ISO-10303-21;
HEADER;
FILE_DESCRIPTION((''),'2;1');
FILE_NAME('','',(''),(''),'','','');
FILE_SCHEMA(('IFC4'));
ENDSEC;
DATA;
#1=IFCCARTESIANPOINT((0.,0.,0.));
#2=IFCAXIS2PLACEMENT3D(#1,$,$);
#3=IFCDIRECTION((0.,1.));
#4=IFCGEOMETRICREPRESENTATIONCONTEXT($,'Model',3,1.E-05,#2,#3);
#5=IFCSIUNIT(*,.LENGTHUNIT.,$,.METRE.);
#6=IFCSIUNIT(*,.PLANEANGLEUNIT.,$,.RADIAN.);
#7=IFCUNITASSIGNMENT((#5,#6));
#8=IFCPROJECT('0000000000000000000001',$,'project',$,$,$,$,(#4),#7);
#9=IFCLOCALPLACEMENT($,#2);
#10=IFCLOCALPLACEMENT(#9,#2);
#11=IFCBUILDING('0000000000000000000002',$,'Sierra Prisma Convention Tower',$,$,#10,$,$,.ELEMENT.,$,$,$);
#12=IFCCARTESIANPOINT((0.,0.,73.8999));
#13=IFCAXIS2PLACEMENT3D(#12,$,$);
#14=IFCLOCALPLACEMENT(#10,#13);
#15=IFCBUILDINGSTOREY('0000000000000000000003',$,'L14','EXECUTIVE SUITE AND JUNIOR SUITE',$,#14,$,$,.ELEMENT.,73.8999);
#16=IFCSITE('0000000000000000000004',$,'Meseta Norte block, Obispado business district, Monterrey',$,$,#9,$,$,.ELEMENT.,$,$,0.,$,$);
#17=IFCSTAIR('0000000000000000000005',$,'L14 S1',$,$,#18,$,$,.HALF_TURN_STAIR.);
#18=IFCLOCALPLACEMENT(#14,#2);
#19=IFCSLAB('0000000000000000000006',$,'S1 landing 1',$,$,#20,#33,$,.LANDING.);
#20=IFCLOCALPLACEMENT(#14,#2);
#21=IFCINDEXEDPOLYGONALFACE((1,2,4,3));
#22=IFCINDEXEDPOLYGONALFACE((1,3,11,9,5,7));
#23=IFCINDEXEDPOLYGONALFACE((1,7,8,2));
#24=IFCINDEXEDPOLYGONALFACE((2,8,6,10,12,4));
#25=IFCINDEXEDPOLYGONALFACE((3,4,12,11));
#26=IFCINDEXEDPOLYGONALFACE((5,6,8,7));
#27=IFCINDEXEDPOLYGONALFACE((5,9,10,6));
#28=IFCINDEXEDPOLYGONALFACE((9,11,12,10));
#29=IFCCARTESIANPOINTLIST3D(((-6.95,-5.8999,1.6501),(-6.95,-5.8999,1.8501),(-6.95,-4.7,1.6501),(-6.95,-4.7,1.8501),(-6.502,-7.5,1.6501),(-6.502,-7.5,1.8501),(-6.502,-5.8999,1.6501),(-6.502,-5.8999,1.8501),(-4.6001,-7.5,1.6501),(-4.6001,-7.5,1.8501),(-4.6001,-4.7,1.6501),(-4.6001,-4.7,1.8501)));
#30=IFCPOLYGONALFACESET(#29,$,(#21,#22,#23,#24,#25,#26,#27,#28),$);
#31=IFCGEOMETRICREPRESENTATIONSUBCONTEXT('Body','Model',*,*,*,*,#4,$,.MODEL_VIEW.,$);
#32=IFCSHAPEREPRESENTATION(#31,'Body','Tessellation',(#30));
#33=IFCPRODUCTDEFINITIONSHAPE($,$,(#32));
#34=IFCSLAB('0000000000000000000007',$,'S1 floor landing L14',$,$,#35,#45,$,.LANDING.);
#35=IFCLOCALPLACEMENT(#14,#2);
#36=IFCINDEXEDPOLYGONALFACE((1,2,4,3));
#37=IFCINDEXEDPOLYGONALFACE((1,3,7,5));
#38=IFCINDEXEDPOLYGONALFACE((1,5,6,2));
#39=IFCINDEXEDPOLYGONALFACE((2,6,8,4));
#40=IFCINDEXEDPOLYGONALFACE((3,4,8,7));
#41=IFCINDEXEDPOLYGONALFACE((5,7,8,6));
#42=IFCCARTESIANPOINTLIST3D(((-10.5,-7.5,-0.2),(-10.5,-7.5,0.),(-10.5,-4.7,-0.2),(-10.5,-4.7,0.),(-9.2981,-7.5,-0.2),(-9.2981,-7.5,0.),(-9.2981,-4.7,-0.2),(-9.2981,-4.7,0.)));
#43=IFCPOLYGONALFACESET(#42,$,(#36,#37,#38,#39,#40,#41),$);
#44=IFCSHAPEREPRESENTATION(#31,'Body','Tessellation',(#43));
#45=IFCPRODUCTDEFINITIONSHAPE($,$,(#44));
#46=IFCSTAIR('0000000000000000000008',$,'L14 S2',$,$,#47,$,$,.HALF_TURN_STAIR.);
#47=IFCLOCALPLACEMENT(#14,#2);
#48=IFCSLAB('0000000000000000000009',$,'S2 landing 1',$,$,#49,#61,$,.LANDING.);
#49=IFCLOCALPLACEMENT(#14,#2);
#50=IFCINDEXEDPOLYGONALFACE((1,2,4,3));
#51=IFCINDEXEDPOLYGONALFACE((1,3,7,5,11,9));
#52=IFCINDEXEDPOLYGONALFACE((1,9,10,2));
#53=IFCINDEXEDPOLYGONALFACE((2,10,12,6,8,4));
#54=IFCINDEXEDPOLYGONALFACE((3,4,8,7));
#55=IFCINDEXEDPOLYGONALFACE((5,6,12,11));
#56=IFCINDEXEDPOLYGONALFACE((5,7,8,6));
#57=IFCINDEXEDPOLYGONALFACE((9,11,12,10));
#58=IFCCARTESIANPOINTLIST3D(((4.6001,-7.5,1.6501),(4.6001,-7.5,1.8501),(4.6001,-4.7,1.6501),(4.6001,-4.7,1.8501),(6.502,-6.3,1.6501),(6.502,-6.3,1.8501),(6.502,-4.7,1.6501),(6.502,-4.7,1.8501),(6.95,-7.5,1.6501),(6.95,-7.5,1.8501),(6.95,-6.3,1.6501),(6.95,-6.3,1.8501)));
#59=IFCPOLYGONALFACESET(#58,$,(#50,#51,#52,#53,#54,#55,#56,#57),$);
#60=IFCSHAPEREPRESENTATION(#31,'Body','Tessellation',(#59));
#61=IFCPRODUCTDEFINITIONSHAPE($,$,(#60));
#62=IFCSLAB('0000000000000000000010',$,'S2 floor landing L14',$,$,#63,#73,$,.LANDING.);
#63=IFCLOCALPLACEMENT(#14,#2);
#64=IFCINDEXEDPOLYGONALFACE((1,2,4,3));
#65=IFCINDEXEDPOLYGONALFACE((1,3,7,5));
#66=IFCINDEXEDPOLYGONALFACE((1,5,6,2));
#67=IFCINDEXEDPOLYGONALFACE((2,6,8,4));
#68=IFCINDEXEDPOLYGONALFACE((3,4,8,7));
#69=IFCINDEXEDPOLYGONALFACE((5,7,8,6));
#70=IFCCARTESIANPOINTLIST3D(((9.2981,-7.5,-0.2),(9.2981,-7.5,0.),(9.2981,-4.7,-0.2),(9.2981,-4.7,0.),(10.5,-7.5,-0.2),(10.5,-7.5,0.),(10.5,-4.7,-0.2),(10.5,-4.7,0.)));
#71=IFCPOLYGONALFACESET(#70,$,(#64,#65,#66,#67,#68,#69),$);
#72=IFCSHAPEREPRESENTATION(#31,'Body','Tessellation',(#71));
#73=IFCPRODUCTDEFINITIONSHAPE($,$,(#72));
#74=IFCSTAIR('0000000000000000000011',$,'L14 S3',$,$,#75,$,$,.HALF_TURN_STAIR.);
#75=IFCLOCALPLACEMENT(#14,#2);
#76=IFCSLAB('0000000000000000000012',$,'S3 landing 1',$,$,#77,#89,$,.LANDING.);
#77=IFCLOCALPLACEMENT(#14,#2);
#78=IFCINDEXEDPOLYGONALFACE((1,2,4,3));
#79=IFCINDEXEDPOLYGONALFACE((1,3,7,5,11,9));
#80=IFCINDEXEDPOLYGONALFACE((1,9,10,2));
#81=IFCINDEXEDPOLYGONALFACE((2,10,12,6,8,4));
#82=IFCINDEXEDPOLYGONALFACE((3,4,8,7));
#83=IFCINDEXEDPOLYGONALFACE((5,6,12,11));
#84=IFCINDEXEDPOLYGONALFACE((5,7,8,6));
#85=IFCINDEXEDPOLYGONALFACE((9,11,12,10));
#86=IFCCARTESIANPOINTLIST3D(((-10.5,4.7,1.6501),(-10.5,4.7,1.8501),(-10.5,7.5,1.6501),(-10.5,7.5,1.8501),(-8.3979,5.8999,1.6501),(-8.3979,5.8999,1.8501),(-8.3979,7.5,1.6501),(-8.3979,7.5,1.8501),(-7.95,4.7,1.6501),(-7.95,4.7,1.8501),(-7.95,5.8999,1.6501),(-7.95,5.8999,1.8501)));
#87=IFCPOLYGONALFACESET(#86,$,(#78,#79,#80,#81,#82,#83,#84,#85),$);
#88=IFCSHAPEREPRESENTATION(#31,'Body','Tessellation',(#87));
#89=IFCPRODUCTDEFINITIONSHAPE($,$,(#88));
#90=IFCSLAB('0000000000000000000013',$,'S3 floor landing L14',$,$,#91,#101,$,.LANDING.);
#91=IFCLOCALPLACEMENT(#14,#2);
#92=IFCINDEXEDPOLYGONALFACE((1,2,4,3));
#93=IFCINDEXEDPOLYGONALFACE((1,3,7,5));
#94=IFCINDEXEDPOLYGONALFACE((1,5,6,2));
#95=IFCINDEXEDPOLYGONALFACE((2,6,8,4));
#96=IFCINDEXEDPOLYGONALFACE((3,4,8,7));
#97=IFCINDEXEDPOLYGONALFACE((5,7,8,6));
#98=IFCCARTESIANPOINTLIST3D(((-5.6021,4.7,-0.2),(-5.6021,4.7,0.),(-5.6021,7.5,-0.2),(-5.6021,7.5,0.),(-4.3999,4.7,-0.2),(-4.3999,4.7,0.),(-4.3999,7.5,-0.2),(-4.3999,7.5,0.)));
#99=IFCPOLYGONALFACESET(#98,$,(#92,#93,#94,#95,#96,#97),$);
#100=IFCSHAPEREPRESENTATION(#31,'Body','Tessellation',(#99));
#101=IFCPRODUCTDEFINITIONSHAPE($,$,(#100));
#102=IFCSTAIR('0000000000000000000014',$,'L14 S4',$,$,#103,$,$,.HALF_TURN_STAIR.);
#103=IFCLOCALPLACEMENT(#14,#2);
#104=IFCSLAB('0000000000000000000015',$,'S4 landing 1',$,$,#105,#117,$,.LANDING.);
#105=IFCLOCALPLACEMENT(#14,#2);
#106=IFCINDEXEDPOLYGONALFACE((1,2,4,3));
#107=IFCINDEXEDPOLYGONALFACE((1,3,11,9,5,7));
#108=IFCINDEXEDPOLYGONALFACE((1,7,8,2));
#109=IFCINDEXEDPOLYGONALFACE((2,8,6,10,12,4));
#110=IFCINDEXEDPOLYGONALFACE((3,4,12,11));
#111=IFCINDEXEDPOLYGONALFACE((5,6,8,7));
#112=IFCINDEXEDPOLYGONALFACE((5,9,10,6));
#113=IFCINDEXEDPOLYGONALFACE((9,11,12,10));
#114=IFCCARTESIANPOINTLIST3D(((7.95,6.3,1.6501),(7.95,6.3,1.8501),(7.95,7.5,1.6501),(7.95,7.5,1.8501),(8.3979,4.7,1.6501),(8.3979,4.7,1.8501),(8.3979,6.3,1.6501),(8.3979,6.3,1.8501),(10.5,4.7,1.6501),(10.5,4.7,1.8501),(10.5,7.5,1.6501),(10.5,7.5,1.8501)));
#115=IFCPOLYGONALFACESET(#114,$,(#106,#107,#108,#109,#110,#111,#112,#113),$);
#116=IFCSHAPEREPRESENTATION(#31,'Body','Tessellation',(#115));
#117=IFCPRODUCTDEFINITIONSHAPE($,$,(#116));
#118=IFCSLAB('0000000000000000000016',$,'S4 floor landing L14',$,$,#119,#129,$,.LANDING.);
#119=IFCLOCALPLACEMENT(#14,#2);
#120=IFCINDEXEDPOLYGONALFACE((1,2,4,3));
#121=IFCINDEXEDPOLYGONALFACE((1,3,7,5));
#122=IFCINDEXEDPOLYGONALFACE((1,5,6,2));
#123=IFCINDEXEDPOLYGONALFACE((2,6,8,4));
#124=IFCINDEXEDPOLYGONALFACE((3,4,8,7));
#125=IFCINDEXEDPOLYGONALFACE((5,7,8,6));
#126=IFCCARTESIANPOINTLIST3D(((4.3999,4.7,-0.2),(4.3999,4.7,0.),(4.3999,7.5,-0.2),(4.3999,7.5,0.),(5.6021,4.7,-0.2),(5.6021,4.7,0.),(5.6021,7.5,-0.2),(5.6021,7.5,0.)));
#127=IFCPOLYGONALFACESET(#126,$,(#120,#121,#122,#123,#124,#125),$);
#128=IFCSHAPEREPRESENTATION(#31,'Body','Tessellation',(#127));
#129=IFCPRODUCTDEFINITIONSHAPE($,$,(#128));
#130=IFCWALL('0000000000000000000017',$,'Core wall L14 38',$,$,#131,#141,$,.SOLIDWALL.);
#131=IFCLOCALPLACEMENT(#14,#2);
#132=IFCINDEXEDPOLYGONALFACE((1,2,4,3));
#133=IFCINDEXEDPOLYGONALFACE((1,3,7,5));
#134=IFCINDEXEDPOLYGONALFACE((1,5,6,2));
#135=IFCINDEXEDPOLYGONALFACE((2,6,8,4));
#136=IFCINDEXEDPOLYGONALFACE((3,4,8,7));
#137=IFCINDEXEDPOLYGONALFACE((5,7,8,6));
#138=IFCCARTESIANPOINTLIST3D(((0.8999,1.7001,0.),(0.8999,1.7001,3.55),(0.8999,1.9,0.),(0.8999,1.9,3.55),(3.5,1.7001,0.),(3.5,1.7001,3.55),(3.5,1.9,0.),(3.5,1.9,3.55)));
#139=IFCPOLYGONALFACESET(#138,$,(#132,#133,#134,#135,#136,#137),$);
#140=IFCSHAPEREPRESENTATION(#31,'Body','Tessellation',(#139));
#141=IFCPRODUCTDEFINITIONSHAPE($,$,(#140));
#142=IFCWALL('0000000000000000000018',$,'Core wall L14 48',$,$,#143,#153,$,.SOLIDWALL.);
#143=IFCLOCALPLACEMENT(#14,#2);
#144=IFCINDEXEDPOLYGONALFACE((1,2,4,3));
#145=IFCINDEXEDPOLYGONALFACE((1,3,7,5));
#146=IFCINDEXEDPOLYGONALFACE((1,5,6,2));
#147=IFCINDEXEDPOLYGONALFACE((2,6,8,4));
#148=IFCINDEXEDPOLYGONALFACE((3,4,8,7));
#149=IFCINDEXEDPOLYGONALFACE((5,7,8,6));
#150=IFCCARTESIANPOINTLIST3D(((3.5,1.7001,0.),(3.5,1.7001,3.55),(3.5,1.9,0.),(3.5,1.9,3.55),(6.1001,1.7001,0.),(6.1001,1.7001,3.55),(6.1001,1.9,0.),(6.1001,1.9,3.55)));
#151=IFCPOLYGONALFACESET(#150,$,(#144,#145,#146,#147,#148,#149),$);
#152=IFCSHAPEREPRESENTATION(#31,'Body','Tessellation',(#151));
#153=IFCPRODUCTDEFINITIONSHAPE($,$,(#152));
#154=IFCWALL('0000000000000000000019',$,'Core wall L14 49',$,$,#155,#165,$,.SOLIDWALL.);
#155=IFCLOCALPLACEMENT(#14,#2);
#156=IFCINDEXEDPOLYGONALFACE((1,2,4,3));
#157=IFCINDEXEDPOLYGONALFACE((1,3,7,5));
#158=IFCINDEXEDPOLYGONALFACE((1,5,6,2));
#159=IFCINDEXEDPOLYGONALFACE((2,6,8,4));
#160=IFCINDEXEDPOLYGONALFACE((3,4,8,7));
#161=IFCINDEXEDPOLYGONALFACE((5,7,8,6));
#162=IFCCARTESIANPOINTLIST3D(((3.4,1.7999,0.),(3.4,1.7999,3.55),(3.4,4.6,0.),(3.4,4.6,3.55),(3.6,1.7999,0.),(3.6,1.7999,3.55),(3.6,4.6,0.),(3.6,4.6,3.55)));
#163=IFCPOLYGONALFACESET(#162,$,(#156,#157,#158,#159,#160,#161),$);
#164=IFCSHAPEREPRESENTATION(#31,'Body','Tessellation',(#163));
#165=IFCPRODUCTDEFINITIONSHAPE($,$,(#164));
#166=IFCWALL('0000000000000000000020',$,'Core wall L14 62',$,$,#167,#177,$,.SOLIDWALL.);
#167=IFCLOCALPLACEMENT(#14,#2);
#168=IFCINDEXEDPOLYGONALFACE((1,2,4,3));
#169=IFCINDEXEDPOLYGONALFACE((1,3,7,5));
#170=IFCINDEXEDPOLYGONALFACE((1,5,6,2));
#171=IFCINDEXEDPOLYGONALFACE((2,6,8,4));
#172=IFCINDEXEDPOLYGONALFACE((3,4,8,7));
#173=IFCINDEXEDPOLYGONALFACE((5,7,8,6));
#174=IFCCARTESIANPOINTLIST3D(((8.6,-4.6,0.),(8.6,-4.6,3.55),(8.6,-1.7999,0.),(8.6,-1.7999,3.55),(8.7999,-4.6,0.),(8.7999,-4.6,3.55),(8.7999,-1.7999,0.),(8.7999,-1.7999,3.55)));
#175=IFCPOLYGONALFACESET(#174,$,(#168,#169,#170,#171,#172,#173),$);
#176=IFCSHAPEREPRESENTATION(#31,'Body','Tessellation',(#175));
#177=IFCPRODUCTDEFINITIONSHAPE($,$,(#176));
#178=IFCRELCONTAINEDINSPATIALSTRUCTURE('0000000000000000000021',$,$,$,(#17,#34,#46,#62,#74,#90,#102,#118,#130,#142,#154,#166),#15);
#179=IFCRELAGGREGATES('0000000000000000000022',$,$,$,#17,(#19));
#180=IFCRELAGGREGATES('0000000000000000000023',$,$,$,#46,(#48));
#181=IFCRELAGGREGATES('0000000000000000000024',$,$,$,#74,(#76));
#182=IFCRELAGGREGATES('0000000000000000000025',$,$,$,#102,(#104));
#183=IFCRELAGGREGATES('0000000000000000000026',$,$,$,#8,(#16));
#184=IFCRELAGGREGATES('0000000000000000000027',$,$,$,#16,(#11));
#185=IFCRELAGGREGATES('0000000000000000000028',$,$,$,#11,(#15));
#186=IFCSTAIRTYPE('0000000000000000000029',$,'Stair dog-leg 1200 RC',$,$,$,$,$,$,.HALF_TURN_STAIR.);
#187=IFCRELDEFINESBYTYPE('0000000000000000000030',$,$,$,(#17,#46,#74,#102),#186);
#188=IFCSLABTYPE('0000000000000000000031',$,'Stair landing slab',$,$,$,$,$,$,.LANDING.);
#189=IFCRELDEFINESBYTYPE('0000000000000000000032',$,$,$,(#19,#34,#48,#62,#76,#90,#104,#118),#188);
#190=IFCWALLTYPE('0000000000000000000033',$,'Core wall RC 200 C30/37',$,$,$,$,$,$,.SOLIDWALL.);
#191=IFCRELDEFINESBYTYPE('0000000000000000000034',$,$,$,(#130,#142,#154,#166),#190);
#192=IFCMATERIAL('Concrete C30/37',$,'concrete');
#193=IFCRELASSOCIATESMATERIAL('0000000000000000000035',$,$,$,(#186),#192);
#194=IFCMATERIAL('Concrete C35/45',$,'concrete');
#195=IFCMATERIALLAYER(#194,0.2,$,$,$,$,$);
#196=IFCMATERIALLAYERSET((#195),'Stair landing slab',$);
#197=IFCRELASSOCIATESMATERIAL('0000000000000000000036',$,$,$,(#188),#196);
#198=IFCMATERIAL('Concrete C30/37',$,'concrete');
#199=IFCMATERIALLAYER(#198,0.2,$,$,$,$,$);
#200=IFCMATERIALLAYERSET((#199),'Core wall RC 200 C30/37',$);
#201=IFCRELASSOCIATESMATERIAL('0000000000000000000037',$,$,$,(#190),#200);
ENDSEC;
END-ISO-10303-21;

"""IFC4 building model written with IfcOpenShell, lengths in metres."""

from ifc_helpers import new_model, si_unit, direction, frame, frame_2d, origin, place, context, subcontext, project, spatial, polyline, rectangle, outline, extrude, material, layer, layer_set, type_object, element, aggregate, save


model = new_model("IFC4")

# Units and contexts
model_context = context("Model", 3, precision=1e-05, world=origin(), true_north=direction((0.0, 1.0)))
body_context = subcontext(model_context, "Body", "Model", "MODEL_VIEW")
ifc_project = project(units=[si_unit("LENGTHUNIT", "METRE"), si_unit("PLANEANGLEUNIT", "RADIAN")], contexts=[model_context])

# Site, building, storey
site_placement = place(None, origin())
site = spatial("IfcSite", under=ifc_project, at=site_placement, Name="Meseta Norte block, Obispado business district, Monterrey", CompositionType="ELEMENT", RefElevation=0.0)
building_placement = place(site_placement, origin())
building = spatial("IfcBuilding", under=site, at=building_placement, Name="Sierra Prisma Convention Tower", CompositionType="ELEMENT")
storey_placement = place(building_placement, frame((0.0, 0.0, 73.8999)))
storey = spatial("IfcBuildingStorey", under=building, at=storey_placement, Name="L14", Description="EXECUTIVE SUITE AND JUNIOR SUITE", CompositionType="ELEMENT", Elevation=73.8999)

# Stair, slab
ifc_material_1 = material(Name="Concrete C30/37", Category="concrete")
stair_type = type_object("IfcStairType", Name="Stair dog-leg 1200 RC", PredefinedType="HALF_TURN_STAIR", material=ifc_material_1)
stair_1_placement = place(storey_placement, origin())
stair_1 = element("IfcStair", 1, at=stair_1_placement, inside=storey, type_object=stair_type, Name="L14 S1", PredefinedType="HALF_TURN_STAIR")
ifc_material_2 = material(Name="Concrete C35/45", Category="concrete")
ifc_layer_1 = layer(ifc_material_2, 0.2)
ifc_layer_set_1 = layer_set([ifc_layer_1], Name="Stair landing slab")
slab_type = type_object("IfcSlabType", Name="Stair landing slab", PredefinedType="LANDING", material=ifc_layer_set_1)
slab_1_placement = place(storey_placement, frame((0.0, 0.0, 1.6501)))
slab_1 = element("IfcSlab", 2, at=slab_1_placement, type_object=slab_type, Name="S1 landing 1", PredefinedType="LANDING", context=body_context, shape_type="SweptSolid", body=[
    extrude(outline(polyline([(-4.6001, -4.7), (-4.6001, -7.5), (-6.502, -7.5), (-6.502, -5.8999), (-6.95, -5.8999), (-6.95, -4.7), (-4.6001, -4.7)])), origin(), (0.0, 0.0, 1.0), 0.2),
])
aggregate(stair_1, [slab_1])

# Slab
slab_2_placement = place(storey_placement, frame((0.0, 0.0, -0.2)))
element("IfcSlab", 3, at=slab_2_placement, inside=storey, type_object=slab_type, Name="S1 floor landing L14", PredefinedType="LANDING", context=body_context, shape_type="SweptSolid", body=[
    extrude(outline(polyline([(-10.5, -7.5), (-9.2981, -7.5), (-9.2981, -4.7), (-10.5, -4.7), (-10.5, -7.5)])), origin(), (0.0, 0.0, 1.0), 0.2),
])

# Stair, slab
stair_2_placement = place(storey_placement, origin())
stair_2 = element("IfcStair", 4, at=stair_2_placement, inside=storey, type_object=stair_type, Name="L14 S2", PredefinedType="HALF_TURN_STAIR")
slab_3_placement = place(storey_placement, frame((0.0, 0.0, 1.6501)))
slab_3 = element("IfcSlab", 5, at=slab_3_placement, type_object=slab_type, Name="S2 landing 1", PredefinedType="LANDING", context=body_context, shape_type="SweptSolid", body=[
    extrude(outline(polyline([(6.95, -6.3), (6.95, -7.5), (4.6001, -7.5), (4.6001, -4.7), (6.502, -4.7), (6.502, -6.3), (6.95, -6.3)])), origin(), (0.0, 0.0, 1.0), 0.2),
])
aggregate(stair_2, [slab_3])

# Slab
slab_4_placement = place(storey_placement, frame((0.0, 0.0, -0.2)))
element("IfcSlab", 6, at=slab_4_placement, inside=storey, type_object=slab_type, Name="S2 floor landing L14", PredefinedType="LANDING", context=body_context, shape_type="SweptSolid", body=[
    extrude(outline(polyline([(10.5, -4.7), (9.2981, -4.7), (9.2981, -7.5), (10.5, -7.5), (10.5, -4.7)])), origin(), (0.0, 0.0, 1.0), 0.2),
])

# Stair, slab
stair_3_placement = place(storey_placement, origin())
stair_3 = element("IfcStair", 7, at=stair_3_placement, inside=storey, type_object=stair_type, Name="L14 S3", PredefinedType="HALF_TURN_STAIR")
slab_5_placement = place(storey_placement, frame((0.0, 0.0, 1.6501)))
slab_5 = element("IfcSlab", 8, at=slab_5_placement, type_object=slab_type, Name="S3 landing 1", PredefinedType="LANDING", context=body_context, shape_type="SweptSolid", body=[
    extrude(outline(polyline([(-7.95, 5.8999), (-7.95, 4.7), (-10.5, 4.7), (-10.5, 7.5), (-8.3979, 7.5), (-8.3979, 5.8999), (-7.95, 5.8999)])), origin(), (0.0, 0.0, 1.0), 0.2),
])
aggregate(stair_3, [slab_5])

# Slab
slab_6_placement = place(storey_placement, frame((0.0, 0.0, -0.2)))
element("IfcSlab", 9, at=slab_6_placement, inside=storey, type_object=slab_type, Name="S3 floor landing L14", PredefinedType="LANDING", context=body_context, shape_type="SweptSolid", body=[
    extrude(outline(polyline([(-4.3999, 7.5), (-5.6021, 7.5), (-5.6021, 4.7), (-4.3999, 4.7), (-4.3999, 7.5)])), origin(), (0.0, 0.0, 1.0), 0.2),
])

# Stair, slab
stair_4_placement = place(storey_placement, origin())
stair_4 = element("IfcStair", 10, at=stair_4_placement, inside=storey, type_object=stair_type, Name="L14 S4", PredefinedType="HALF_TURN_STAIR")
slab_7_placement = place(storey_placement, frame((0.0, 0.0, 1.6501)))
slab_7 = element("IfcSlab", 11, at=slab_7_placement, type_object=slab_type, Name="S4 landing 1", PredefinedType="LANDING", context=body_context, shape_type="SweptSolid", body=[
    extrude(outline(polyline([(10.5, 7.5), (10.5, 4.7), (8.3979, 4.7), (8.3979, 6.3), (7.95, 6.3), (7.95, 7.5), (10.5, 7.5)])), origin(), (0.0, 0.0, 1.0), 0.2),
])
aggregate(stair_4, [slab_7])

# Slab
slab_8_placement = place(storey_placement, frame((0.0, 0.0, -0.2)))
element("IfcSlab", 12, at=slab_8_placement, inside=storey, type_object=slab_type, Name="S4 floor landing L14", PredefinedType="LANDING", context=body_context, shape_type="SweptSolid", body=[
    extrude(outline(polyline([(4.3999, 4.7), (5.6021, 4.7), (5.6021, 7.5), (4.3999, 7.5), (4.3999, 4.7)])), origin(), (0.0, 0.0, 1.0), 0.2),
])

# Shared definitions
ifc_material_3 = material(Name="Concrete C30/37", Category="concrete")
ifc_layer_2 = layer(ifc_material_3, 0.2)
ifc_layer_set_2 = layer_set([ifc_layer_2], Name="Core wall RC 200 C30/37")
wall_type = type_object("IfcWallType", Name="Core wall RC 200 C30/37", PredefinedType="SOLIDWALL", material=ifc_layer_set_2)

# Walls
for number, where, z_axis, x_axis, name in (
    (13, (3.5, 1.8, 0.0), (0.0, 0.0, 1.0), (-1.0, 0.0, 0.0), "Core wall L14 38"),
    (14, (6.1001, 1.8, 0.0), (0.0, 0.0, 1.0), (-1.0, 0.0, 0.0), "Core wall L14 48"),
):
    element("IfcWall", number, at=place(storey_placement, frame(where, z_axis=z_axis, x_axis=x_axis)), inside=storey, type_object=wall_type, Name=name, PredefinedType="SOLIDWALL", context=body_context, shape_type="SweptSolid", body=[
        extrude(rectangle(XDim=2.6001, YDim=0.2, at=frame_2d((1.3, 0.0))), origin(), (0.0, 0.0, 1.0), 3.55),
    ])
wall_1_placement = place(storey_placement, frame((3.5, 1.8, 0.0), z_axis=(0.0, 0.0, 1.0), x_axis=(0.0, 1.0, 0.0)))
element("IfcWall", 15, at=wall_1_placement, inside=storey, type_object=wall_type, Name="Core wall L14 49", PredefinedType="SOLIDWALL", context=body_context, shape_type="SweptSolid", body=[
    extrude(rectangle(XDim=2.8, YDim=0.2, at=frame_2d((1.3999, 0.0))), origin(), (0.0, 0.0, 1.0), 3.55),
])

# Wall
wall_2_placement = place(storey_placement, frame((8.7, -1.8, 0.0), z_axis=(0.0, 0.0, 1.0), x_axis=(0.0, -1.0, 0.0)))
element("IfcWall", 16, at=wall_2_placement, inside=storey, type_object=wall_type, Name="Core wall L14 62", PredefinedType="SOLIDWALL", context=body_context, shape_type="SweptSolid", body=[
    extrude(rectangle(XDim=2.8, YDim=0.2, at=frame_2d((1.3999, 0.0))), origin(), (0.0, 0.0, 1.0), 3.55),
])

save(model, "model.ifc")
